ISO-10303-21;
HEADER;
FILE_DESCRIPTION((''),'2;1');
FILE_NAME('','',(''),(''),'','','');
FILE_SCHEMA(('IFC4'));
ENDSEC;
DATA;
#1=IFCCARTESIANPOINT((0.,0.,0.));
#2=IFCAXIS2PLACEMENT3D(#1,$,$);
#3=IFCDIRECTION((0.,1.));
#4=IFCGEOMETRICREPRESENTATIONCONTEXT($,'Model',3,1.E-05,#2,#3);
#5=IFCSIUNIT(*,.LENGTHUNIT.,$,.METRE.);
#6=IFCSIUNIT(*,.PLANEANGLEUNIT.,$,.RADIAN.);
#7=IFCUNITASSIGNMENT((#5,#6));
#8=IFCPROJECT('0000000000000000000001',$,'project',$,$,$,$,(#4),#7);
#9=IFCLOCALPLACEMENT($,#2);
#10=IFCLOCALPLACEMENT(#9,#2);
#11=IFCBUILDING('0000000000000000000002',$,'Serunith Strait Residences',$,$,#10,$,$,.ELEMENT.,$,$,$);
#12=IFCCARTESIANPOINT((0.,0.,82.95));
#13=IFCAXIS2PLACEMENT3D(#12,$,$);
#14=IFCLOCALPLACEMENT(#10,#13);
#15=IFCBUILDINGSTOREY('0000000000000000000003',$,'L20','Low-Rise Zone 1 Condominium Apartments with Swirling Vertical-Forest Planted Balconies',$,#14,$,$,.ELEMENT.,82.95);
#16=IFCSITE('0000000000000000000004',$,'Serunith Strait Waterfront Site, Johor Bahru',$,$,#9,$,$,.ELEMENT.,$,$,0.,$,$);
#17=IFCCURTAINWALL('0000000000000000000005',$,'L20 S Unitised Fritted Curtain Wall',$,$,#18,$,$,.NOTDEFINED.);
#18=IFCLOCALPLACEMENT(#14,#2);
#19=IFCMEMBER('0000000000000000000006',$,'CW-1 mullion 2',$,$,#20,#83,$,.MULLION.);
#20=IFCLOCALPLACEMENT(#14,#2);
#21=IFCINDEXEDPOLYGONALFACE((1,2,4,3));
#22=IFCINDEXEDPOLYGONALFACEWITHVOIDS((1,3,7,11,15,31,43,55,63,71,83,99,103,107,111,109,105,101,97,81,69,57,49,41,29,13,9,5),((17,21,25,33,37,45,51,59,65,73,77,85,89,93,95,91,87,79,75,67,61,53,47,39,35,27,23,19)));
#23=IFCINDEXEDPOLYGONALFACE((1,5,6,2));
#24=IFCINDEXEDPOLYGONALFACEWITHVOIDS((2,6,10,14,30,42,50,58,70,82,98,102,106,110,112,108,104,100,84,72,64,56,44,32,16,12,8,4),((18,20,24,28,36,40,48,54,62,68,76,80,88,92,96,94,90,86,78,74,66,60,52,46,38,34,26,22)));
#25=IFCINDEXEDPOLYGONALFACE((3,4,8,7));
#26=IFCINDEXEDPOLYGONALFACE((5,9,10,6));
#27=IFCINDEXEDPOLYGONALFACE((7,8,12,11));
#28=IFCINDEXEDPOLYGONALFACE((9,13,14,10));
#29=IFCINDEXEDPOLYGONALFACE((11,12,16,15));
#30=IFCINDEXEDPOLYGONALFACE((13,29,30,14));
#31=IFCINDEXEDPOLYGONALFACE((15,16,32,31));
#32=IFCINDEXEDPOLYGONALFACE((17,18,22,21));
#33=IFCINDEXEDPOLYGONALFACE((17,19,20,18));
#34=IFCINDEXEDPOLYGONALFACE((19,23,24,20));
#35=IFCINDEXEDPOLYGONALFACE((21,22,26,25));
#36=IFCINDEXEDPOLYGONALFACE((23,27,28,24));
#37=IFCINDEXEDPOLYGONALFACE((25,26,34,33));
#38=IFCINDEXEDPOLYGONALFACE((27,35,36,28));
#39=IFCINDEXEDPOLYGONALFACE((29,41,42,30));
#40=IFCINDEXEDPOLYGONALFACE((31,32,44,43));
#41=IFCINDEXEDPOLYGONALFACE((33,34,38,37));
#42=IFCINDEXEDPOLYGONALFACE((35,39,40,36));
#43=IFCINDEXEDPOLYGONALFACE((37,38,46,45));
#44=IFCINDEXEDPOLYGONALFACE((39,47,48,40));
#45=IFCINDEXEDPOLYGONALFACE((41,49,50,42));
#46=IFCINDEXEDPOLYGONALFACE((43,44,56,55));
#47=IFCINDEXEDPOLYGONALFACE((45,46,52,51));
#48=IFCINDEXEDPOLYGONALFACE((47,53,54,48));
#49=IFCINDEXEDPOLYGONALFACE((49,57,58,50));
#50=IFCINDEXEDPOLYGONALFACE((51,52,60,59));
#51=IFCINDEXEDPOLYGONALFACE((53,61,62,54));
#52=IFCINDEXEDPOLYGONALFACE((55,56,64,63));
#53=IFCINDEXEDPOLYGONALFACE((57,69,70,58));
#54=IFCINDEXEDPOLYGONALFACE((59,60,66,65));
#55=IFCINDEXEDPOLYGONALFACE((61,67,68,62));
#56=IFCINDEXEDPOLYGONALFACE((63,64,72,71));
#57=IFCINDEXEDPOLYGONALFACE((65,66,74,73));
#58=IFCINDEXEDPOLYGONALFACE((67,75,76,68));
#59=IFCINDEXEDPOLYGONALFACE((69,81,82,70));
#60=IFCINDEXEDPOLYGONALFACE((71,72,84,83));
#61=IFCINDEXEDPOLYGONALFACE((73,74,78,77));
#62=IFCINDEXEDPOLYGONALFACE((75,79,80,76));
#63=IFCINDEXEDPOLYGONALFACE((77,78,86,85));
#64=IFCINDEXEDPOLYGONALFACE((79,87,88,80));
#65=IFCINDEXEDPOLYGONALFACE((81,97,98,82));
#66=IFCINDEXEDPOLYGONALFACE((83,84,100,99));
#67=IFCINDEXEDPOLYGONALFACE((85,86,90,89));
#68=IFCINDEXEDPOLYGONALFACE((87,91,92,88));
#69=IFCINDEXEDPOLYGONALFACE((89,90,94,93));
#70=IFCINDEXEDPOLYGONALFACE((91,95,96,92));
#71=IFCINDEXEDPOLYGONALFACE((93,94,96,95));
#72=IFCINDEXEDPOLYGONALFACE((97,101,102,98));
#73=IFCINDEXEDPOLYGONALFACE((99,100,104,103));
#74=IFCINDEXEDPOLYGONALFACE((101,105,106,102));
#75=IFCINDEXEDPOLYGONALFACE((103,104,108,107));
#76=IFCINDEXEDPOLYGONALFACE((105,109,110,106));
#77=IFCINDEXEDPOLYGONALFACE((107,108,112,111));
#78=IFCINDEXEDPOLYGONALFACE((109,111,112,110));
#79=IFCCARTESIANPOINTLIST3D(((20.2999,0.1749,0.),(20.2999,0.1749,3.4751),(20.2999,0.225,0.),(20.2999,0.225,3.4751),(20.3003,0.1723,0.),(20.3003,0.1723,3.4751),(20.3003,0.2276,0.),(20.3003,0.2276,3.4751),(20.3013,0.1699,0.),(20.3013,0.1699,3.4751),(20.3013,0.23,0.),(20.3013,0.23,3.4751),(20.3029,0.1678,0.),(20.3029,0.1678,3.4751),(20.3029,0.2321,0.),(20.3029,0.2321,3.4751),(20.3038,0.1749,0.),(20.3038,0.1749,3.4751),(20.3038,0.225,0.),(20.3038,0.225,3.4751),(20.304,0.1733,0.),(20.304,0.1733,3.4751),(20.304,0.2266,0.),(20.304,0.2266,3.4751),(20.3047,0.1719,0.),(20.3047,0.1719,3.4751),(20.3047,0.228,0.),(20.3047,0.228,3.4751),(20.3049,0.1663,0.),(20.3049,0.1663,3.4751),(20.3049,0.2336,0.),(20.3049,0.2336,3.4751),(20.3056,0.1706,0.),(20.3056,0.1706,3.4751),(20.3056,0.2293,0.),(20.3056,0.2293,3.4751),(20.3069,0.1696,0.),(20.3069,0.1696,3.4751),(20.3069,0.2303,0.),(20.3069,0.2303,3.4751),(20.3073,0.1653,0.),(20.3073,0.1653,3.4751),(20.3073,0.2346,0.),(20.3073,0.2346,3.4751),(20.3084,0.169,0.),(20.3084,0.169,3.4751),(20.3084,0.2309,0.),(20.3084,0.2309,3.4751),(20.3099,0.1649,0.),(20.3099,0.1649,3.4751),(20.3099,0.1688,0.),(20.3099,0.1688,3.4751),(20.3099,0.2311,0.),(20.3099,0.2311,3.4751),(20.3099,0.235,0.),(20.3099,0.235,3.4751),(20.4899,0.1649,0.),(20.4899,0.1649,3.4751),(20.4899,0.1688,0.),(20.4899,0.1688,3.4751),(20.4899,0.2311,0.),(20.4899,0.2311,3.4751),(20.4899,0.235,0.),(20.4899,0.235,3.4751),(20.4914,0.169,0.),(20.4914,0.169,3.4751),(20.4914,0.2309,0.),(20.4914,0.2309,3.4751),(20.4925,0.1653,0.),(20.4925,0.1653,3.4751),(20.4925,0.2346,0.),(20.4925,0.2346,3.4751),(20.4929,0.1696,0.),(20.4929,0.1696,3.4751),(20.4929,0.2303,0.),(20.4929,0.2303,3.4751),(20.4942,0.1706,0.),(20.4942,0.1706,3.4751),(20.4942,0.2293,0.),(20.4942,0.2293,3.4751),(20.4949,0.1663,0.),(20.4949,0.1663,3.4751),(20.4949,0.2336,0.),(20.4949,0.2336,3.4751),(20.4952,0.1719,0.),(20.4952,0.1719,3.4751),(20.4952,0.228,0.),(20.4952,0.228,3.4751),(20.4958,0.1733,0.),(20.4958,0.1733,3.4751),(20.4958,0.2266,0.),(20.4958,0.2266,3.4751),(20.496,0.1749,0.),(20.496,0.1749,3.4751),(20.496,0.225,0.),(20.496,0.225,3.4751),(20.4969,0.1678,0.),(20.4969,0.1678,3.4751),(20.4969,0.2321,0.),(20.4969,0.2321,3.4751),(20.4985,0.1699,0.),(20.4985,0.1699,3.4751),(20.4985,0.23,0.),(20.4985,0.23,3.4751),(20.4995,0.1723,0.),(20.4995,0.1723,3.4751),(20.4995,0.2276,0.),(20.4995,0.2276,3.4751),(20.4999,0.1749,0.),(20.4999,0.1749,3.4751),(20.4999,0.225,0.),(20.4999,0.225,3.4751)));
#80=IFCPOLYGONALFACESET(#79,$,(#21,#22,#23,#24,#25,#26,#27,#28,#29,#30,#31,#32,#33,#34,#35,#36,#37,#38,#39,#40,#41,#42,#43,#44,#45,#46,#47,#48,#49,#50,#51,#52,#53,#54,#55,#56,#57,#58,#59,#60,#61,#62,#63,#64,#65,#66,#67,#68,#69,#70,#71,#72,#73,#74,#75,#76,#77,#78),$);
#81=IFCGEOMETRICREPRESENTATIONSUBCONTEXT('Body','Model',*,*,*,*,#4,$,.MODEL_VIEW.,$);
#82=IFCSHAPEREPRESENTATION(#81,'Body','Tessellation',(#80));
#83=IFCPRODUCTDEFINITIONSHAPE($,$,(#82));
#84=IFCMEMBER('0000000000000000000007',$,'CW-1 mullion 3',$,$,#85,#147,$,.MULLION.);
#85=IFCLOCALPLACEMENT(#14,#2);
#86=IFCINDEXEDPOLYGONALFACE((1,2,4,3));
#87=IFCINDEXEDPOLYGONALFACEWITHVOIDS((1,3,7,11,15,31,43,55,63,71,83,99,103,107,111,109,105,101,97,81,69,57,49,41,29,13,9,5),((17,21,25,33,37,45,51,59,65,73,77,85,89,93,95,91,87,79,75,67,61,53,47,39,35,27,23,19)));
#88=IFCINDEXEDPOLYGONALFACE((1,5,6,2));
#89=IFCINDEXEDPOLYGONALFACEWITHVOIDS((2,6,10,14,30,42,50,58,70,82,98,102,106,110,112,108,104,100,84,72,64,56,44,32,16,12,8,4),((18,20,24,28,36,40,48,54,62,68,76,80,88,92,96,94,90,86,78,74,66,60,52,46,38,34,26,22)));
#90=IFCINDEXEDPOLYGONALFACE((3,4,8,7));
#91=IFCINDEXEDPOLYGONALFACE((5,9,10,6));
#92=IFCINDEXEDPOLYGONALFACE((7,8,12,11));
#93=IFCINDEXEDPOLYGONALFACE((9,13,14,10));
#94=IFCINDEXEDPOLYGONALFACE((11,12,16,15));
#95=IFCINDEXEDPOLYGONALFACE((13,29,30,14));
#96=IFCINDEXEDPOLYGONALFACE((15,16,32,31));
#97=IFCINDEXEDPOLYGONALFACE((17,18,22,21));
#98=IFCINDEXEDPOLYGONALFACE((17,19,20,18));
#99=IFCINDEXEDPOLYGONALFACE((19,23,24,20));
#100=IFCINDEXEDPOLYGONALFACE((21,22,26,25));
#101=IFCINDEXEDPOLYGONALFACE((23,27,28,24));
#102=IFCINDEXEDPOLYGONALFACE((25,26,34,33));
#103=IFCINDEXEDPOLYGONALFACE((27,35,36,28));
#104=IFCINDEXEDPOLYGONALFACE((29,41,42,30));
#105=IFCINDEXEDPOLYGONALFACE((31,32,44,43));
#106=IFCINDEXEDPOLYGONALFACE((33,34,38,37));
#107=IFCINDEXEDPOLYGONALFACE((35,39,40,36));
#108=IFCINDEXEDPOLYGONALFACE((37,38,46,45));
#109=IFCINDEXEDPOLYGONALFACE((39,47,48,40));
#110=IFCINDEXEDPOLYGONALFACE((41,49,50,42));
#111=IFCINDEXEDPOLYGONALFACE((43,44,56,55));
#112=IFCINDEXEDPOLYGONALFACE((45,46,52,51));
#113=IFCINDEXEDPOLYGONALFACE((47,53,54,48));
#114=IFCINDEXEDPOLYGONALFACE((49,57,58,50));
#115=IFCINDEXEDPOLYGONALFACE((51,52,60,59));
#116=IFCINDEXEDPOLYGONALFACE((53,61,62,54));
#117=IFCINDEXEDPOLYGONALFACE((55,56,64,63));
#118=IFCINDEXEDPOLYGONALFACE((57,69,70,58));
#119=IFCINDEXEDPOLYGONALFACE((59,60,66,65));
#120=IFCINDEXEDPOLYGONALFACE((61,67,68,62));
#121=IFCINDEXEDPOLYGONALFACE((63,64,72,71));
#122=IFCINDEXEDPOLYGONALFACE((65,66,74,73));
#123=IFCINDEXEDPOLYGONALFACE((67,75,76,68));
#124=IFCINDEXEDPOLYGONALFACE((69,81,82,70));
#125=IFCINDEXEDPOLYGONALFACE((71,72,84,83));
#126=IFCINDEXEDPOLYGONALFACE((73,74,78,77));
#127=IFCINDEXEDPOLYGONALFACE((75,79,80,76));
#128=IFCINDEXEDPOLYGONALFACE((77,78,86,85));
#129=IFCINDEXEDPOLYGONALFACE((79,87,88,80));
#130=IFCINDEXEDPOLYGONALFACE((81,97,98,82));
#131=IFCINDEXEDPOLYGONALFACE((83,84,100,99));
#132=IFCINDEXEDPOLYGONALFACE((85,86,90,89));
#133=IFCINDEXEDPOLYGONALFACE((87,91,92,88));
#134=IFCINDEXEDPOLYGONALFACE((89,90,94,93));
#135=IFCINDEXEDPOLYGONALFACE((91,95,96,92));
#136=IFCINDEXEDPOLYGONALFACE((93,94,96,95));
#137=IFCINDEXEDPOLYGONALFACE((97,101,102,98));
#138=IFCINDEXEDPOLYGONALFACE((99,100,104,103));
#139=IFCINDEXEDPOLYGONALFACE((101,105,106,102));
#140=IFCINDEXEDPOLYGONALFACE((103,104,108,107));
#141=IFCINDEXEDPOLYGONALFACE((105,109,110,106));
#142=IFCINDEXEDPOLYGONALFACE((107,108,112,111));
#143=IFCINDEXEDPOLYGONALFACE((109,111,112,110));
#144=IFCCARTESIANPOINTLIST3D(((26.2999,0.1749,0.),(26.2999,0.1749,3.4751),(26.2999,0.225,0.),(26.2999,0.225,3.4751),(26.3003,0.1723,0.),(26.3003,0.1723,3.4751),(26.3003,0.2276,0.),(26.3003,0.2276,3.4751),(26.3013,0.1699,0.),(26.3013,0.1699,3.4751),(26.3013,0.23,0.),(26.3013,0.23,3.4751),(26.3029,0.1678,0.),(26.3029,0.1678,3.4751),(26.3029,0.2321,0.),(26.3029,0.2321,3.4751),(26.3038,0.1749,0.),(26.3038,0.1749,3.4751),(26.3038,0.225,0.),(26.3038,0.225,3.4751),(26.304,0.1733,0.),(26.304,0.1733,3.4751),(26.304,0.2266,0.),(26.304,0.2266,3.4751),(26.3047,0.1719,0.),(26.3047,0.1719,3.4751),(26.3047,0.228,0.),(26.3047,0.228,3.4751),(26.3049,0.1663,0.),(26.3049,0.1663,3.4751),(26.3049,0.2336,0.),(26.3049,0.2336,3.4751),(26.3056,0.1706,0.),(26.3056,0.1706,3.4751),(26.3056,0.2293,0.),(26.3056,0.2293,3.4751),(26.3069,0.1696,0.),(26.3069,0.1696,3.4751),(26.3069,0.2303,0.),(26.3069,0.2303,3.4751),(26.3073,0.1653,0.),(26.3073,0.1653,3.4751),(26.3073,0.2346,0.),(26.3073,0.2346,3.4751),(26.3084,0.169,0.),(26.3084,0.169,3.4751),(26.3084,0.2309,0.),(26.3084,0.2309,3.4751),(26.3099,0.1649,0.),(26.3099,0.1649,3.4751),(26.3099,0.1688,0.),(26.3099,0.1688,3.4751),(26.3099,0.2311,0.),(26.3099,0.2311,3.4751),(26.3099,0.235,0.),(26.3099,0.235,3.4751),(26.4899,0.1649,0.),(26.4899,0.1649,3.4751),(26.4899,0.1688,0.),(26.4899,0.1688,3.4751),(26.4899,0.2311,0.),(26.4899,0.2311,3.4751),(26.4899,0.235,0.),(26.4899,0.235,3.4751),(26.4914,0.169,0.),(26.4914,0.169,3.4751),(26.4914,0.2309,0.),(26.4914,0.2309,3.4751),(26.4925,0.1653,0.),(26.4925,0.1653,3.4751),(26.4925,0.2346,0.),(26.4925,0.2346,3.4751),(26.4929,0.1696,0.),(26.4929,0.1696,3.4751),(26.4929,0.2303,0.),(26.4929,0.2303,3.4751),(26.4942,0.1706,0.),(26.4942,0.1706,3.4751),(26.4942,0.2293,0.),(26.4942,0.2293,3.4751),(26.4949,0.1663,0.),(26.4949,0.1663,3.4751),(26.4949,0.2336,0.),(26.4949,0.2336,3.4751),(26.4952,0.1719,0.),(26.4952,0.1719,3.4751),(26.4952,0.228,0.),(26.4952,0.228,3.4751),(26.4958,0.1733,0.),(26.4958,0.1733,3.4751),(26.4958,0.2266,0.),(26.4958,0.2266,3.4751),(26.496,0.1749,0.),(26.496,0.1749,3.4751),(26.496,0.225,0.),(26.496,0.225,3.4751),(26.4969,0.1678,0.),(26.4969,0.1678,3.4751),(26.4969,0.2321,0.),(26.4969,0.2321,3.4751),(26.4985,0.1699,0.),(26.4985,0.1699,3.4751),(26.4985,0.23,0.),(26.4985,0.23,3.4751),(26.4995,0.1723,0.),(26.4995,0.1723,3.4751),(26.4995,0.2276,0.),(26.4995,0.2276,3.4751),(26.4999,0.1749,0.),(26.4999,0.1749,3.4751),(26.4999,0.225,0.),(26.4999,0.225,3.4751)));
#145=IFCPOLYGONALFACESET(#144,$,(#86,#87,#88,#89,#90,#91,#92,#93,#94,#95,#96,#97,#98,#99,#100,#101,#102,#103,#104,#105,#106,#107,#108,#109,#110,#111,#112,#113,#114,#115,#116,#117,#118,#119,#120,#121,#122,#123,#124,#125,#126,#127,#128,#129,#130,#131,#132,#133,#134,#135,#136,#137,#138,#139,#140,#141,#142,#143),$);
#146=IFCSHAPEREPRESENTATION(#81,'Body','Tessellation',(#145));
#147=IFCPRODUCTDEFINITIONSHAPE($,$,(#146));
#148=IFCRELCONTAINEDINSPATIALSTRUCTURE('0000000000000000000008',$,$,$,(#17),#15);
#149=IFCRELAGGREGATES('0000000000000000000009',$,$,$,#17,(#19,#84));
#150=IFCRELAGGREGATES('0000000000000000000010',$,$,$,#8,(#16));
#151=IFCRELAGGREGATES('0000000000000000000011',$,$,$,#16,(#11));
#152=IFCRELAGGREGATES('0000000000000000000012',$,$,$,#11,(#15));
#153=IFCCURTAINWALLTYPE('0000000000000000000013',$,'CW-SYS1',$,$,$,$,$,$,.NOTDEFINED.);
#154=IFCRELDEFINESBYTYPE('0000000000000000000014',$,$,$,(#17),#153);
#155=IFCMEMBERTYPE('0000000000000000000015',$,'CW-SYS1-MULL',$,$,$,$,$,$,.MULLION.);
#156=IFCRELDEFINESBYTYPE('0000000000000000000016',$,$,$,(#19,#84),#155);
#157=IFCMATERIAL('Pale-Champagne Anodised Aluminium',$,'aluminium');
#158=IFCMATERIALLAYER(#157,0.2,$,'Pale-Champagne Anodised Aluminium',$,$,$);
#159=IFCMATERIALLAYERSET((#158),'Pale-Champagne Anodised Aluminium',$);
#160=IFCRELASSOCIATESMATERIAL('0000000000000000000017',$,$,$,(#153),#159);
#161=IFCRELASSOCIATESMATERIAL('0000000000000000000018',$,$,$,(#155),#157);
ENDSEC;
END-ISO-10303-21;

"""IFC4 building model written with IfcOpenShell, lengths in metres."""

from ifc_helpers import new_model, si_unit, direction, frame, origin, origin_2d, place, context, subcontext, project, spatial, hollow_rectangle, extrude, source, transform, mapped, material, layer, layer_set, material_profile, profile_set, type_object, element, aggregate, save


model = new_model("IFC4")

# Units and contexts
model_context = context("Model", 3, precision=1e-05, world=origin(), true_north=direction((0.0, 1.0)))
body_context = subcontext(model_context, "Body", "Model", "MODEL_VIEW")
ifc_project = project(units=[si_unit("LENGTHUNIT", "METRE"), si_unit("PLANEANGLEUNIT", "RADIAN")], contexts=[model_context])

# Site, building, storey
site_placement = place(None, origin())
site = spatial("IfcSite", under=ifc_project, at=site_placement, Name="Serunith Strait Waterfront Site, Johor Bahru", CompositionType="ELEMENT", RefElevation=0.0)
building_placement = place(site_placement, origin())
building = spatial("IfcBuilding", under=site, at=building_placement, Name="Serunith Strait Residences", CompositionType="ELEMENT")
storey_placement = place(building_placement, frame((0.0, 0.0, 82.95)))
storey = spatial("IfcBuildingStorey", under=building, at=storey_placement, Name="L20", Description="Low-Rise Zone 1 Condominium Apartments with Swirling Vertical-Forest Planted Balconies", CompositionType="ELEMENT", Elevation=82.95)

# Curtain wall, members
ifc_material_1 = material(Name="Pale-Champagne Anodised Aluminium", Category="aluminium")
ifc_layer_1 = layer(ifc_material_1, 0.2, Name="Pale-Champagne Anodised Aluminium")
ifc_layer_set_1 = layer_set([ifc_layer_1], Name="Pale-Champagne Anodised Aluminium")
curtain_wall_type = type_object("IfcCurtainWallType", Name="CW-SYS1", PredefinedType="NOTDEFINED", material=ifc_layer_set_1)
curtain_wall_placement = place(storey_placement, origin())
curtain_wall = element("IfcCurtainWall", 1, at=curtain_wall_placement, inside=storey, type_object=curtain_wall_type, Name="L20 S Unitised Fritted Curtain Wall", PredefinedType="NOTDEFINED")
ifc_material_profile_1 = material_profile(ifc_material_1, hollow_rectangle(XDim=0.0701, YDim=0.2, WallThickness=0.0039, InnerFilletRadius=0.0061, OuterFilletRadius=0.01, at=origin_2d()), Name="ALU 200x70x4")
ifc_profile_set_1 = profile_set([ifc_material_profile_1], Name="Pale-Champagne Anodised Aluminium")
member_type_1 = type_object("IfcMemberType", Name="CW-SYS1-MULL", PredefinedType="MULLION", material=ifc_profile_set_1)
shared_shape_1 = source(origin(), body_context, "Body", "SweptSolid", [
    extrude(hollow_rectangle(XDim=0.0701, YDim=0.2, WallThickness=0.0039, InnerFilletRadius=0.0061, OuterFilletRadius=0.01, at=origin_2d()), origin(), (0.0, 0.0, 1.0), 3.4751),
])
member_1_placement = place(storey_placement, frame((20.3999, 0.2, 0.0), z_axis=(0.0, 0.0, 1.0), x_axis=(0.0, 1.0, 0.0)))
member_1 = element("IfcMember", 2, at=member_1_placement, type_object=member_type_1, Name="CW-1 mullion 2", PredefinedType="MULLION", context=body_context, shape_type="MappedRepresentation", body=[
    mapped(shared_shape_1, transform((0.0, 0.0, 0.0), scale=1.0)),
])
member_2_placement = place(storey_placement, frame((26.3999, 0.2, 0.0), z_axis=(0.0, 0.0, 1.0), x_axis=(0.0, 1.0, 0.0)))
member_2 = element("IfcMember", 3, at=member_2_placement, type_object=member_type_1, Name="CW-1 mullion 3", PredefinedType="MULLION", context=body_context, shape_type="MappedRepresentation", body=[
    mapped(shared_shape_1, transform((0.0, 0.0, 0.0), scale=1.0)),
])
aggregate(curtain_wall, [member_1, member_2])

save(model, "model.ifc")
